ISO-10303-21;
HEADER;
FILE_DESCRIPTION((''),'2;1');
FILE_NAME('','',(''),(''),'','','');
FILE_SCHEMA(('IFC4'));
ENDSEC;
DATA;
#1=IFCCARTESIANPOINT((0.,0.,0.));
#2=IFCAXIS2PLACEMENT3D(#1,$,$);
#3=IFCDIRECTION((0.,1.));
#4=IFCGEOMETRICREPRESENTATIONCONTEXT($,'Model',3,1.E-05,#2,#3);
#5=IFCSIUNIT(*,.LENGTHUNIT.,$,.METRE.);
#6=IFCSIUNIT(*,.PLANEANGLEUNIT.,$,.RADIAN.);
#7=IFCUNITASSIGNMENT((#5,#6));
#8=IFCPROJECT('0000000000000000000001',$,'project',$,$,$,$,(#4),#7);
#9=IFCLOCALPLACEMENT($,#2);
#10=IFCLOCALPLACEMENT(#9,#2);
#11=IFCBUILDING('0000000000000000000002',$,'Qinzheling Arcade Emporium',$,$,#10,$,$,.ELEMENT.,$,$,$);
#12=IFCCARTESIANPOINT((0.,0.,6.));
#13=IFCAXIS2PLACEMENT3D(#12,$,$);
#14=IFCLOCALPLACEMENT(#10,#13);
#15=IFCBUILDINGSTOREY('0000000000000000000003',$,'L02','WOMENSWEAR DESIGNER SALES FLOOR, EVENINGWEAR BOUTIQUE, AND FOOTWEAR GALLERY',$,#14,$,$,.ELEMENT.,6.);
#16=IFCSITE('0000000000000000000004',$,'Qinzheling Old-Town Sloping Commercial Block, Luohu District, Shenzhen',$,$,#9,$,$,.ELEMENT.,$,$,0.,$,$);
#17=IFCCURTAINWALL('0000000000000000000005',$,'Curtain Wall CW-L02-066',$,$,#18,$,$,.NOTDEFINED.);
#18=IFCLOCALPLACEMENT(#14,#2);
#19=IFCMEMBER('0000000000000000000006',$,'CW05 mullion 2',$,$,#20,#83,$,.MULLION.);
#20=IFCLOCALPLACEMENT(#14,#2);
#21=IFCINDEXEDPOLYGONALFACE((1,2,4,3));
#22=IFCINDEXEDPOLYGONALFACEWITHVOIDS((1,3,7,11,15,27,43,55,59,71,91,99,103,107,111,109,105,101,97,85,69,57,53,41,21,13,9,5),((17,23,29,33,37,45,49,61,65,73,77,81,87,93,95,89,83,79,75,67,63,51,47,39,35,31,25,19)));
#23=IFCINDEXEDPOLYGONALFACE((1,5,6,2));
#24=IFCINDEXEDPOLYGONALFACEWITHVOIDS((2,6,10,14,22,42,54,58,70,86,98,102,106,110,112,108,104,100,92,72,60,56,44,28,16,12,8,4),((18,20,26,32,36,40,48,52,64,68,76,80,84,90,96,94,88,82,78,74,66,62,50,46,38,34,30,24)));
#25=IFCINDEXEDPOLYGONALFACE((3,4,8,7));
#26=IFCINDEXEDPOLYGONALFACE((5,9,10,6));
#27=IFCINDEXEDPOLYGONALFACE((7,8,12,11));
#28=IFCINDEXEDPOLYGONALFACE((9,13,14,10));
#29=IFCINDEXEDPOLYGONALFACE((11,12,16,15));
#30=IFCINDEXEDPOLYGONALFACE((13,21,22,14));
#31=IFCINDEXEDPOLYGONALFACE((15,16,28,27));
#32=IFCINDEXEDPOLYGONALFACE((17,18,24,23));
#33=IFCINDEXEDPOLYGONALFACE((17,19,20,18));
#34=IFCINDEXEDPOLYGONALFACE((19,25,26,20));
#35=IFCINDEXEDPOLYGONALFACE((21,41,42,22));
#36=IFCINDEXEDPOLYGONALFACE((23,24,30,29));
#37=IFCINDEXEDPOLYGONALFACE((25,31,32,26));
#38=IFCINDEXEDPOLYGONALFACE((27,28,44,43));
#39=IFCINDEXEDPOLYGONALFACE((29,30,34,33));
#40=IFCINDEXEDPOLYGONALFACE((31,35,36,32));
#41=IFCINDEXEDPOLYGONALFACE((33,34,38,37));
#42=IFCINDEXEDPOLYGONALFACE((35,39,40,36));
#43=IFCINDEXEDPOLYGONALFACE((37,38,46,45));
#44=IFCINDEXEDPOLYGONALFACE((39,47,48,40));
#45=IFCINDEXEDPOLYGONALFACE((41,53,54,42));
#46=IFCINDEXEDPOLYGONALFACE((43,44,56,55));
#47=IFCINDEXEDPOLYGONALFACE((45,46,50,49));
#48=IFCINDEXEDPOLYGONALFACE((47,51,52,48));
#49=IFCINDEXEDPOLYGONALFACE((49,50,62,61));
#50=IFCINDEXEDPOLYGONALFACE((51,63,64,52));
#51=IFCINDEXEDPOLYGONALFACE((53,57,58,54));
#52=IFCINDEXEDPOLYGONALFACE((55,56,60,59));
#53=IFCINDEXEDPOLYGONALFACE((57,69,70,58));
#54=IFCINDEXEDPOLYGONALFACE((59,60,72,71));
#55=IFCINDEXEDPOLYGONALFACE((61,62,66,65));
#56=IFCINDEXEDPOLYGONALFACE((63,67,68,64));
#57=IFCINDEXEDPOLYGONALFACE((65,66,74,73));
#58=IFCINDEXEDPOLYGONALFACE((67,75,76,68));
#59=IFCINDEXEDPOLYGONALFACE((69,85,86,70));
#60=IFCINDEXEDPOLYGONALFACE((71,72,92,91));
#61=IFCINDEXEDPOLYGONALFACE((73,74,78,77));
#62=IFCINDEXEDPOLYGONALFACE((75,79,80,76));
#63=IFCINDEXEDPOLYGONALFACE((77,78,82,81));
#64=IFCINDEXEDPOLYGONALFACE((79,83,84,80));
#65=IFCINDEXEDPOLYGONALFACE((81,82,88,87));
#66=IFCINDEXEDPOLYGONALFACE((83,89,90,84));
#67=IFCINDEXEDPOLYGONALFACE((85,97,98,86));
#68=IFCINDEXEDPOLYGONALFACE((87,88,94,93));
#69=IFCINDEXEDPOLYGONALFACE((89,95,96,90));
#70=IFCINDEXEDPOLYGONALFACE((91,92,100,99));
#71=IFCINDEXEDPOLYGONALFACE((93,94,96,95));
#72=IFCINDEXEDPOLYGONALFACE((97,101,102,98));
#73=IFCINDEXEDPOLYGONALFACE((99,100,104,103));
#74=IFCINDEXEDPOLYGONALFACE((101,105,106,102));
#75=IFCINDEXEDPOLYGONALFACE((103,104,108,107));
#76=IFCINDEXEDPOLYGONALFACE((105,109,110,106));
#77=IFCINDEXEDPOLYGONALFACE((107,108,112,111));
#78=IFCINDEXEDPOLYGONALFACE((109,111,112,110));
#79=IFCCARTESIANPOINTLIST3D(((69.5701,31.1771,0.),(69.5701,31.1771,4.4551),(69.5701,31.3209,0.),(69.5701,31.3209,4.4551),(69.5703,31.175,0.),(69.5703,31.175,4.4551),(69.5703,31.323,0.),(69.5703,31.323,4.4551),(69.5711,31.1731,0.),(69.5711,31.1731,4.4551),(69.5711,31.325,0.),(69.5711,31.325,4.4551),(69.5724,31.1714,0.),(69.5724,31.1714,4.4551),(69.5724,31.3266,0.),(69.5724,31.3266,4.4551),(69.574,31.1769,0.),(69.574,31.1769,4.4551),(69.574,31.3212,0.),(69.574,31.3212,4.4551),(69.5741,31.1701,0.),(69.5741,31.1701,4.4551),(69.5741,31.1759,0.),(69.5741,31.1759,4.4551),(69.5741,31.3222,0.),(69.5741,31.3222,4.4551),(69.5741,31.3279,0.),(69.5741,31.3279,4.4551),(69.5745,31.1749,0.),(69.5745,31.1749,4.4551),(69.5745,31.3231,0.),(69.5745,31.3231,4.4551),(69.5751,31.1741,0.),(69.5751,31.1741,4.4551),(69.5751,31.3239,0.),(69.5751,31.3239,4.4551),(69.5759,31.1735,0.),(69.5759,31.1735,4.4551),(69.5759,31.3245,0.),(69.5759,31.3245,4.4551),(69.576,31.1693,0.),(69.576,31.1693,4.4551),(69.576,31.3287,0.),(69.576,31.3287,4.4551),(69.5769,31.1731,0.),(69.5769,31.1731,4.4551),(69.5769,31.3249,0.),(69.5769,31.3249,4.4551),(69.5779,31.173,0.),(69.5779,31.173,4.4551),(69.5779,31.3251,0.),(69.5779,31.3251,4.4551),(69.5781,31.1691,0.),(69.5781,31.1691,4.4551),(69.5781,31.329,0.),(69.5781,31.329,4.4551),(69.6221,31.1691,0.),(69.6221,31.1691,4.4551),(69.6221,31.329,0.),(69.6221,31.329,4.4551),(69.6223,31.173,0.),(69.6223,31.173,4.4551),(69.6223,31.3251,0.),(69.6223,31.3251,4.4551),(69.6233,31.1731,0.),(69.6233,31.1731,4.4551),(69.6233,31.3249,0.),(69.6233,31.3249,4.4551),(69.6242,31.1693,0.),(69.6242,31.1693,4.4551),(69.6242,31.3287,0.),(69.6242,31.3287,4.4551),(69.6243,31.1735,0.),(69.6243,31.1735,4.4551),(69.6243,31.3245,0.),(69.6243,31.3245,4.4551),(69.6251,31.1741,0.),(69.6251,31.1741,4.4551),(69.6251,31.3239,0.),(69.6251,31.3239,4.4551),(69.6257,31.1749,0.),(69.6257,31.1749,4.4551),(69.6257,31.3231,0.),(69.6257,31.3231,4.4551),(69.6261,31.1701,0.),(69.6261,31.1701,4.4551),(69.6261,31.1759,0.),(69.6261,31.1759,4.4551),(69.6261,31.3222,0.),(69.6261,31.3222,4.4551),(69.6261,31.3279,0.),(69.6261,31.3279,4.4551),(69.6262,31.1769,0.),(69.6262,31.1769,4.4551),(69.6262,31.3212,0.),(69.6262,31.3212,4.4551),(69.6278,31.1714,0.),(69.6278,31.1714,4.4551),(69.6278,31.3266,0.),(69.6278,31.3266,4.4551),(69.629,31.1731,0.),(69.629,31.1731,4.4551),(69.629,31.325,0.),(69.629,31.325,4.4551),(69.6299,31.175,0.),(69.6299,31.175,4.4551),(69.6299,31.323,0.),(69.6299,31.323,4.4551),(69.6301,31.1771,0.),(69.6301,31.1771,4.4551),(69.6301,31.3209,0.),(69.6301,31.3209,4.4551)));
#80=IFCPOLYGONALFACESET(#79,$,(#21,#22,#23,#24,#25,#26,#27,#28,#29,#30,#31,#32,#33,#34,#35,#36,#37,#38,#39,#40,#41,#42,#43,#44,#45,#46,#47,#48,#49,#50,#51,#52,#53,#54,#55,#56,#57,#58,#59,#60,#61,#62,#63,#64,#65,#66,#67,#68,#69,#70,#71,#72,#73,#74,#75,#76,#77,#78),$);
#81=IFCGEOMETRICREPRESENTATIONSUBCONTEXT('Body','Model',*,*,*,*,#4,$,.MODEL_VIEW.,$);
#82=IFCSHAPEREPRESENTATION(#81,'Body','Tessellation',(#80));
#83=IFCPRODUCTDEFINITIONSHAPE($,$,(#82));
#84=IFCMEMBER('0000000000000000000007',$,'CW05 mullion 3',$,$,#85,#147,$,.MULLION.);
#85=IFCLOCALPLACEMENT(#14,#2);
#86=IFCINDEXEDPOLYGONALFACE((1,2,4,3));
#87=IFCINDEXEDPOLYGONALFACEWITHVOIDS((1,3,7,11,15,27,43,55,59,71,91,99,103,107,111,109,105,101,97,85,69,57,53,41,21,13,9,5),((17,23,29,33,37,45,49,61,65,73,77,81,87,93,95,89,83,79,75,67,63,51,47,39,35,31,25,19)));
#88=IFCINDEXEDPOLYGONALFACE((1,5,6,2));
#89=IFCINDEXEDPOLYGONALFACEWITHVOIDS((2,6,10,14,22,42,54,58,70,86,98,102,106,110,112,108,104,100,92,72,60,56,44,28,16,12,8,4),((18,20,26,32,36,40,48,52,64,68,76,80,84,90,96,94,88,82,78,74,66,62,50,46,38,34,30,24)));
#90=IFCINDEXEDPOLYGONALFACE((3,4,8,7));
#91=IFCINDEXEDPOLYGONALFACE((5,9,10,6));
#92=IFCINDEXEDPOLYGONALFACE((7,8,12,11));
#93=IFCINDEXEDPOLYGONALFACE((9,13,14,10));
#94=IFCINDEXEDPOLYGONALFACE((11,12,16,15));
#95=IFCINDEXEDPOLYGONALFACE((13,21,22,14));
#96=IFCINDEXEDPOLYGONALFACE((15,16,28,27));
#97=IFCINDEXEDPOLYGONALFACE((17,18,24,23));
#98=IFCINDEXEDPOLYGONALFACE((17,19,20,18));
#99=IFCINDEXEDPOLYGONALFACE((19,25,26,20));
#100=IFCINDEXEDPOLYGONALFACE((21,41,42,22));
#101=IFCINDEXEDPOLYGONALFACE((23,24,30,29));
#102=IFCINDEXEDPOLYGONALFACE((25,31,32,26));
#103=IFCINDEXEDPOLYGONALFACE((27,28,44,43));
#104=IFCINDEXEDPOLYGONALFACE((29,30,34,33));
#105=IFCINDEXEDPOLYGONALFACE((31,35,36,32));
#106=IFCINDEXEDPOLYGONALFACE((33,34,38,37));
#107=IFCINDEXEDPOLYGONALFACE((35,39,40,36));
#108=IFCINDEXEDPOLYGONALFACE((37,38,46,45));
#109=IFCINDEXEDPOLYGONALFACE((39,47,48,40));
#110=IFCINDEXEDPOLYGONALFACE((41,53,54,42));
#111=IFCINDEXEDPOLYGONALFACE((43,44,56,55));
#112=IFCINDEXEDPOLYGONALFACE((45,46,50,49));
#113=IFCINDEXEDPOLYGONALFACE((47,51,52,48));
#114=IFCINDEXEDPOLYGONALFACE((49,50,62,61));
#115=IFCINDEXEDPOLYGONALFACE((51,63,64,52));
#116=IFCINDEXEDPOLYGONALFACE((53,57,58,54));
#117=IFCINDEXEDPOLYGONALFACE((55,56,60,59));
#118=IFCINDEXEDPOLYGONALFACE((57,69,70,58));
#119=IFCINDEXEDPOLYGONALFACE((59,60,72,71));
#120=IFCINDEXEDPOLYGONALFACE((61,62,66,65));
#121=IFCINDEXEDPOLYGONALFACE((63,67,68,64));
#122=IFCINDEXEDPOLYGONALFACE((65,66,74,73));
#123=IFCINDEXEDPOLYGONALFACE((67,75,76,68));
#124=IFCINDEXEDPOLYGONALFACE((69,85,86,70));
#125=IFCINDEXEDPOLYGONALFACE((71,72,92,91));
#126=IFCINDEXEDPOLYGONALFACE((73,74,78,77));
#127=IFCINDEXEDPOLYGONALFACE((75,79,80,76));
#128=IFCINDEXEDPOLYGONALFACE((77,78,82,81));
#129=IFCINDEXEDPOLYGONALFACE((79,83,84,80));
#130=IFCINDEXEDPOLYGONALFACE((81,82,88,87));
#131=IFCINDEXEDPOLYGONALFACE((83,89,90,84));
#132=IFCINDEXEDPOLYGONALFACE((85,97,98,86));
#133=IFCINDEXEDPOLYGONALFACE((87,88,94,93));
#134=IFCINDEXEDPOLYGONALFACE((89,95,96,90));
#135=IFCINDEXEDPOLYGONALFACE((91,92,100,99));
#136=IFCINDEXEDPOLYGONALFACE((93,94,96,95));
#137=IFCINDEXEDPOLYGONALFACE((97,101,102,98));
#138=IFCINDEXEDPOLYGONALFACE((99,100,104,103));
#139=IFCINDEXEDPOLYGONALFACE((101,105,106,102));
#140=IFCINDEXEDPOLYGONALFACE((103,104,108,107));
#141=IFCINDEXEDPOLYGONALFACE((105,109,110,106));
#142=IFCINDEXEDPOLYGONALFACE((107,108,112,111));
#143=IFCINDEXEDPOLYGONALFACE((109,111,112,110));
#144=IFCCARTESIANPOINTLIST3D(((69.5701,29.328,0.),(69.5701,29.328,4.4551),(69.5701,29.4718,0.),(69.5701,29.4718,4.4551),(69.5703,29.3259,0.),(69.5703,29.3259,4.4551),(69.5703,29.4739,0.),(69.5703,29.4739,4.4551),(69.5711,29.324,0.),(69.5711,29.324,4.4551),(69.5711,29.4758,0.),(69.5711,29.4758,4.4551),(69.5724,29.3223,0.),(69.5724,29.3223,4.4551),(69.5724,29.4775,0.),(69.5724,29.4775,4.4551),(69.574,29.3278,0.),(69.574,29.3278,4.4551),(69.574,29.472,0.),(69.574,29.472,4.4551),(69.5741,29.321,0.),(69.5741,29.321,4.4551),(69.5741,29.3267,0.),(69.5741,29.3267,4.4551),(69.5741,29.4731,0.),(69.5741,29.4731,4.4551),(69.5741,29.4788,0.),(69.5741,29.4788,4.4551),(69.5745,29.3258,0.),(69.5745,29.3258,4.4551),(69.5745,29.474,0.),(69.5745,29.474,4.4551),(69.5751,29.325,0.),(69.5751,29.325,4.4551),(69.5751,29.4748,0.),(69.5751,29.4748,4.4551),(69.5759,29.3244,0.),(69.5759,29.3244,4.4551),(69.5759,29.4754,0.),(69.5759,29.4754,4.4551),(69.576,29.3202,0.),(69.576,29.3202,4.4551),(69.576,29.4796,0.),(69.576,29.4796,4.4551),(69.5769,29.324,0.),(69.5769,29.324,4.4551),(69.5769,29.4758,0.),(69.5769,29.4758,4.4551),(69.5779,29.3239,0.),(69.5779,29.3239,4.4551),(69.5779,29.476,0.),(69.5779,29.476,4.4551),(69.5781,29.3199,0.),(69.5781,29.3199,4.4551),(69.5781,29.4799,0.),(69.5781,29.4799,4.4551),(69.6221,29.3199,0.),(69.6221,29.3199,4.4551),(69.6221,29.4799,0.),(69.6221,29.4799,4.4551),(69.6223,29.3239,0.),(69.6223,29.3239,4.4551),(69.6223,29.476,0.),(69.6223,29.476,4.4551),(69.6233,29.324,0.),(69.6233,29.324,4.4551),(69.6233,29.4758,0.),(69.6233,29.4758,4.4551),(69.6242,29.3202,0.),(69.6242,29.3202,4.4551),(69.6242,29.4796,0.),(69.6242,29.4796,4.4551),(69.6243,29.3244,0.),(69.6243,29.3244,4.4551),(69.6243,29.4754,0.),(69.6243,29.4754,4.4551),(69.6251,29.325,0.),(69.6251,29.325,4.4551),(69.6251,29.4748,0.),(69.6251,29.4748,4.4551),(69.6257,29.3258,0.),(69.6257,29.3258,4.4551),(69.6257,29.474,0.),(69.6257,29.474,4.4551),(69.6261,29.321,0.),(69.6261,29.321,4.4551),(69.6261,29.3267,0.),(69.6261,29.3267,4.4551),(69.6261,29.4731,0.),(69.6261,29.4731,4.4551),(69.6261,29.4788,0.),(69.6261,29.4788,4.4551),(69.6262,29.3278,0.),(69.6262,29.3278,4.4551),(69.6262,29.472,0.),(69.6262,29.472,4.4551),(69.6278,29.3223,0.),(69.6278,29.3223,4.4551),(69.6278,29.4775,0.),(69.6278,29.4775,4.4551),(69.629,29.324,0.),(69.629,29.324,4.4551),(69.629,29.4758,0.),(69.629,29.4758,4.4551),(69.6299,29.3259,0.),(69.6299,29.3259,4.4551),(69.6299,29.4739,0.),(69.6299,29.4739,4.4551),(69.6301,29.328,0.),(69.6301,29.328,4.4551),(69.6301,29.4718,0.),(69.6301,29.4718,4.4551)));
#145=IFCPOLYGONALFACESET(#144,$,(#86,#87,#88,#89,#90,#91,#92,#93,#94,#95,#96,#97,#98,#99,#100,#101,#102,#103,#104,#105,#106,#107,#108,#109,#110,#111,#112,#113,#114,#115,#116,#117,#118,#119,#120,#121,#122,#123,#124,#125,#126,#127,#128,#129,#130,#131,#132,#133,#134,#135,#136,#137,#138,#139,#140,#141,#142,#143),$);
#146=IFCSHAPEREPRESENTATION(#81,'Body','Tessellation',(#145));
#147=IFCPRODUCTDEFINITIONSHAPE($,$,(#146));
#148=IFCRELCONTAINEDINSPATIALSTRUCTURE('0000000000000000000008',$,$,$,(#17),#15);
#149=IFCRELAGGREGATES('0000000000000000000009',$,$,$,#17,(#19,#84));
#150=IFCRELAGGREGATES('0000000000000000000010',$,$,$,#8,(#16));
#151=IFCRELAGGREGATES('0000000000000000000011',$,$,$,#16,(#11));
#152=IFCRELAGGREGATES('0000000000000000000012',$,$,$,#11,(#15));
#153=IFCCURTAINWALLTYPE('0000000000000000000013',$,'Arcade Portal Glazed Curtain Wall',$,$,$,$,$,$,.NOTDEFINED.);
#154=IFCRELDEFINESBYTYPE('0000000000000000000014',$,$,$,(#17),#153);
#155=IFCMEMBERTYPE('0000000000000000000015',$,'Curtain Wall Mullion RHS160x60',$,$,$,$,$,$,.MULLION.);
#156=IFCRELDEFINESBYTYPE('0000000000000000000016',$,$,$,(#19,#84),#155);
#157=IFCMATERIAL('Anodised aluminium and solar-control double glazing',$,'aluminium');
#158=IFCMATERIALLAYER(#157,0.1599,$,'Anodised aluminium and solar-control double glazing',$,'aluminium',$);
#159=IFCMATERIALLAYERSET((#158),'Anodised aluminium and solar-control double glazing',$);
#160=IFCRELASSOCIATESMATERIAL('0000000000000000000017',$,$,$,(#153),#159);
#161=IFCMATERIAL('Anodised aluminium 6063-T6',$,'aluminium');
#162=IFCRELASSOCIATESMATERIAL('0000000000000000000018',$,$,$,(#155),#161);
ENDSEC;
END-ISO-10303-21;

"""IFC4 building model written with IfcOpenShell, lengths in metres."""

from ifc_helpers import new_model, si_unit, direction, frame, origin, origin_2d, place, context, subcontext, project, spatial, hollow_rectangle, extrude, material, layer, layer_set, material_profile, profile_set, type_object, element, aggregate, save


model = new_model("IFC4")

# Units and contexts
model_context = context("Model", 3, precision=1e-05, world=origin(), true_north=direction((0.0, 1.0)))
body_context = subcontext(model_context, "Body", "Model", "MODEL_VIEW")
ifc_project = project(units=[si_unit("LENGTHUNIT", "METRE"), si_unit("PLANEANGLEUNIT", "RADIAN")], contexts=[model_context])

# Site, building, storey
site_placement = place(None, origin())
site = spatial("IfcSite", under=ifc_project, at=site_placement, Name="Qinzheling Old-Town Sloping Commercial Block, Luohu District, Shenzhen", CompositionType="ELEMENT", RefElevation=0.0)
building_placement = place(site_placement, origin())
building = spatial("IfcBuilding", under=site, at=building_placement, Name="Qinzheling Arcade Emporium", CompositionType="ELEMENT")
storey_placement = place(building_placement, frame((0.0, 0.0, 6.0)))
storey = spatial("IfcBuildingStorey", under=building, at=storey_placement, Name="L02", Description="WOMENSWEAR DESIGNER SALES FLOOR, EVENINGWEAR BOUTIQUE, AND FOOTWEAR GALLERY", CompositionType="ELEMENT", Elevation=6.0)

# Curtain wall, members
ifc_material_1 = material(Name="Anodised aluminium and solar-control double glazing", Category="aluminium")
ifc_layer_1 = layer(ifc_material_1, 0.1599, Name="Anodised aluminium and solar-control double glazing", Category="aluminium")
ifc_layer_set_1 = layer_set([ifc_layer_1], Name="Anodised aluminium and solar-control double glazing")
curtain_wall_type = type_object("IfcCurtainWallType", Name="Arcade Portal Glazed Curtain Wall", PredefinedType="NOTDEFINED", material=ifc_layer_set_1)
curtain_wall_placement = place(storey_placement, origin())
curtain_wall = element("IfcCurtainWall", 1, at=curtain_wall_placement, inside=storey, type_object=curtain_wall_type, Name="Curtain Wall CW-L02-066", PredefinedType="NOTDEFINED")
ifc_material_2 = material(Name="Anodised aluminium 6063-T6", Category="aluminium")
ifc_material_profile_1 = material_profile(ifc_material_2, hollow_rectangle(XDim=0.0601, YDim=0.1599, WallThickness=0.0039, InnerFilletRadius=0.0039, OuterFilletRadius=0.0081, at=origin_2d()), Name="RHS 160x60x4", Category="aluminium")
ifc_profile_set_1 = profile_set([ifc_material_profile_1], Name="Anodised aluminium 6063-T6")
member_type_1 = type_object("IfcMemberType", Name="Curtain Wall Mullion RHS160x60", PredefinedType="MULLION", material=ifc_profile_set_1)
member_1_placement = place(storey_placement, frame((69.6001, 31.249, 0.0), z_axis=(0.0, 0.0, 1.0), x_axis=(1.0, 0.0, 0.0)))
member_1 = element("IfcMember", 2, at=member_1_placement, type_object=member_type_1, Name="CW05 mullion 2", PredefinedType="MULLION", context=body_context, shape_type="SweptSolid", body=[
    extrude(hollow_rectangle(XDim=0.0601, YDim=0.1599, WallThickness=0.0039, InnerFilletRadius=0.0039, OuterFilletRadius=0.0081, at=origin_2d()), origin(), (0.0, 0.0, 1.0), 4.4551),
])
member_2_placement = place(storey_placement, frame((69.6001, 29.3999, 0.0), z_axis=(0.0, 0.0, 1.0), x_axis=(1.0, 0.0, 0.0)))
member_2 = element("IfcMember", 3, at=member_2_placement, type_object=member_type_1, Name="CW05 mullion 3", PredefinedType="MULLION", context=body_context, shape_type="SweptSolid", body=[
    extrude(hollow_rectangle(XDim=0.0601, YDim=0.1599, WallThickness=0.0039, InnerFilletRadius=0.0039, OuterFilletRadius=0.0081, at=origin_2d()), origin(), (0.0, 0.0, 1.0), 4.4551),
])
aggregate(curtain_wall, [member_1, member_2])

save(model, "model.ifc")
